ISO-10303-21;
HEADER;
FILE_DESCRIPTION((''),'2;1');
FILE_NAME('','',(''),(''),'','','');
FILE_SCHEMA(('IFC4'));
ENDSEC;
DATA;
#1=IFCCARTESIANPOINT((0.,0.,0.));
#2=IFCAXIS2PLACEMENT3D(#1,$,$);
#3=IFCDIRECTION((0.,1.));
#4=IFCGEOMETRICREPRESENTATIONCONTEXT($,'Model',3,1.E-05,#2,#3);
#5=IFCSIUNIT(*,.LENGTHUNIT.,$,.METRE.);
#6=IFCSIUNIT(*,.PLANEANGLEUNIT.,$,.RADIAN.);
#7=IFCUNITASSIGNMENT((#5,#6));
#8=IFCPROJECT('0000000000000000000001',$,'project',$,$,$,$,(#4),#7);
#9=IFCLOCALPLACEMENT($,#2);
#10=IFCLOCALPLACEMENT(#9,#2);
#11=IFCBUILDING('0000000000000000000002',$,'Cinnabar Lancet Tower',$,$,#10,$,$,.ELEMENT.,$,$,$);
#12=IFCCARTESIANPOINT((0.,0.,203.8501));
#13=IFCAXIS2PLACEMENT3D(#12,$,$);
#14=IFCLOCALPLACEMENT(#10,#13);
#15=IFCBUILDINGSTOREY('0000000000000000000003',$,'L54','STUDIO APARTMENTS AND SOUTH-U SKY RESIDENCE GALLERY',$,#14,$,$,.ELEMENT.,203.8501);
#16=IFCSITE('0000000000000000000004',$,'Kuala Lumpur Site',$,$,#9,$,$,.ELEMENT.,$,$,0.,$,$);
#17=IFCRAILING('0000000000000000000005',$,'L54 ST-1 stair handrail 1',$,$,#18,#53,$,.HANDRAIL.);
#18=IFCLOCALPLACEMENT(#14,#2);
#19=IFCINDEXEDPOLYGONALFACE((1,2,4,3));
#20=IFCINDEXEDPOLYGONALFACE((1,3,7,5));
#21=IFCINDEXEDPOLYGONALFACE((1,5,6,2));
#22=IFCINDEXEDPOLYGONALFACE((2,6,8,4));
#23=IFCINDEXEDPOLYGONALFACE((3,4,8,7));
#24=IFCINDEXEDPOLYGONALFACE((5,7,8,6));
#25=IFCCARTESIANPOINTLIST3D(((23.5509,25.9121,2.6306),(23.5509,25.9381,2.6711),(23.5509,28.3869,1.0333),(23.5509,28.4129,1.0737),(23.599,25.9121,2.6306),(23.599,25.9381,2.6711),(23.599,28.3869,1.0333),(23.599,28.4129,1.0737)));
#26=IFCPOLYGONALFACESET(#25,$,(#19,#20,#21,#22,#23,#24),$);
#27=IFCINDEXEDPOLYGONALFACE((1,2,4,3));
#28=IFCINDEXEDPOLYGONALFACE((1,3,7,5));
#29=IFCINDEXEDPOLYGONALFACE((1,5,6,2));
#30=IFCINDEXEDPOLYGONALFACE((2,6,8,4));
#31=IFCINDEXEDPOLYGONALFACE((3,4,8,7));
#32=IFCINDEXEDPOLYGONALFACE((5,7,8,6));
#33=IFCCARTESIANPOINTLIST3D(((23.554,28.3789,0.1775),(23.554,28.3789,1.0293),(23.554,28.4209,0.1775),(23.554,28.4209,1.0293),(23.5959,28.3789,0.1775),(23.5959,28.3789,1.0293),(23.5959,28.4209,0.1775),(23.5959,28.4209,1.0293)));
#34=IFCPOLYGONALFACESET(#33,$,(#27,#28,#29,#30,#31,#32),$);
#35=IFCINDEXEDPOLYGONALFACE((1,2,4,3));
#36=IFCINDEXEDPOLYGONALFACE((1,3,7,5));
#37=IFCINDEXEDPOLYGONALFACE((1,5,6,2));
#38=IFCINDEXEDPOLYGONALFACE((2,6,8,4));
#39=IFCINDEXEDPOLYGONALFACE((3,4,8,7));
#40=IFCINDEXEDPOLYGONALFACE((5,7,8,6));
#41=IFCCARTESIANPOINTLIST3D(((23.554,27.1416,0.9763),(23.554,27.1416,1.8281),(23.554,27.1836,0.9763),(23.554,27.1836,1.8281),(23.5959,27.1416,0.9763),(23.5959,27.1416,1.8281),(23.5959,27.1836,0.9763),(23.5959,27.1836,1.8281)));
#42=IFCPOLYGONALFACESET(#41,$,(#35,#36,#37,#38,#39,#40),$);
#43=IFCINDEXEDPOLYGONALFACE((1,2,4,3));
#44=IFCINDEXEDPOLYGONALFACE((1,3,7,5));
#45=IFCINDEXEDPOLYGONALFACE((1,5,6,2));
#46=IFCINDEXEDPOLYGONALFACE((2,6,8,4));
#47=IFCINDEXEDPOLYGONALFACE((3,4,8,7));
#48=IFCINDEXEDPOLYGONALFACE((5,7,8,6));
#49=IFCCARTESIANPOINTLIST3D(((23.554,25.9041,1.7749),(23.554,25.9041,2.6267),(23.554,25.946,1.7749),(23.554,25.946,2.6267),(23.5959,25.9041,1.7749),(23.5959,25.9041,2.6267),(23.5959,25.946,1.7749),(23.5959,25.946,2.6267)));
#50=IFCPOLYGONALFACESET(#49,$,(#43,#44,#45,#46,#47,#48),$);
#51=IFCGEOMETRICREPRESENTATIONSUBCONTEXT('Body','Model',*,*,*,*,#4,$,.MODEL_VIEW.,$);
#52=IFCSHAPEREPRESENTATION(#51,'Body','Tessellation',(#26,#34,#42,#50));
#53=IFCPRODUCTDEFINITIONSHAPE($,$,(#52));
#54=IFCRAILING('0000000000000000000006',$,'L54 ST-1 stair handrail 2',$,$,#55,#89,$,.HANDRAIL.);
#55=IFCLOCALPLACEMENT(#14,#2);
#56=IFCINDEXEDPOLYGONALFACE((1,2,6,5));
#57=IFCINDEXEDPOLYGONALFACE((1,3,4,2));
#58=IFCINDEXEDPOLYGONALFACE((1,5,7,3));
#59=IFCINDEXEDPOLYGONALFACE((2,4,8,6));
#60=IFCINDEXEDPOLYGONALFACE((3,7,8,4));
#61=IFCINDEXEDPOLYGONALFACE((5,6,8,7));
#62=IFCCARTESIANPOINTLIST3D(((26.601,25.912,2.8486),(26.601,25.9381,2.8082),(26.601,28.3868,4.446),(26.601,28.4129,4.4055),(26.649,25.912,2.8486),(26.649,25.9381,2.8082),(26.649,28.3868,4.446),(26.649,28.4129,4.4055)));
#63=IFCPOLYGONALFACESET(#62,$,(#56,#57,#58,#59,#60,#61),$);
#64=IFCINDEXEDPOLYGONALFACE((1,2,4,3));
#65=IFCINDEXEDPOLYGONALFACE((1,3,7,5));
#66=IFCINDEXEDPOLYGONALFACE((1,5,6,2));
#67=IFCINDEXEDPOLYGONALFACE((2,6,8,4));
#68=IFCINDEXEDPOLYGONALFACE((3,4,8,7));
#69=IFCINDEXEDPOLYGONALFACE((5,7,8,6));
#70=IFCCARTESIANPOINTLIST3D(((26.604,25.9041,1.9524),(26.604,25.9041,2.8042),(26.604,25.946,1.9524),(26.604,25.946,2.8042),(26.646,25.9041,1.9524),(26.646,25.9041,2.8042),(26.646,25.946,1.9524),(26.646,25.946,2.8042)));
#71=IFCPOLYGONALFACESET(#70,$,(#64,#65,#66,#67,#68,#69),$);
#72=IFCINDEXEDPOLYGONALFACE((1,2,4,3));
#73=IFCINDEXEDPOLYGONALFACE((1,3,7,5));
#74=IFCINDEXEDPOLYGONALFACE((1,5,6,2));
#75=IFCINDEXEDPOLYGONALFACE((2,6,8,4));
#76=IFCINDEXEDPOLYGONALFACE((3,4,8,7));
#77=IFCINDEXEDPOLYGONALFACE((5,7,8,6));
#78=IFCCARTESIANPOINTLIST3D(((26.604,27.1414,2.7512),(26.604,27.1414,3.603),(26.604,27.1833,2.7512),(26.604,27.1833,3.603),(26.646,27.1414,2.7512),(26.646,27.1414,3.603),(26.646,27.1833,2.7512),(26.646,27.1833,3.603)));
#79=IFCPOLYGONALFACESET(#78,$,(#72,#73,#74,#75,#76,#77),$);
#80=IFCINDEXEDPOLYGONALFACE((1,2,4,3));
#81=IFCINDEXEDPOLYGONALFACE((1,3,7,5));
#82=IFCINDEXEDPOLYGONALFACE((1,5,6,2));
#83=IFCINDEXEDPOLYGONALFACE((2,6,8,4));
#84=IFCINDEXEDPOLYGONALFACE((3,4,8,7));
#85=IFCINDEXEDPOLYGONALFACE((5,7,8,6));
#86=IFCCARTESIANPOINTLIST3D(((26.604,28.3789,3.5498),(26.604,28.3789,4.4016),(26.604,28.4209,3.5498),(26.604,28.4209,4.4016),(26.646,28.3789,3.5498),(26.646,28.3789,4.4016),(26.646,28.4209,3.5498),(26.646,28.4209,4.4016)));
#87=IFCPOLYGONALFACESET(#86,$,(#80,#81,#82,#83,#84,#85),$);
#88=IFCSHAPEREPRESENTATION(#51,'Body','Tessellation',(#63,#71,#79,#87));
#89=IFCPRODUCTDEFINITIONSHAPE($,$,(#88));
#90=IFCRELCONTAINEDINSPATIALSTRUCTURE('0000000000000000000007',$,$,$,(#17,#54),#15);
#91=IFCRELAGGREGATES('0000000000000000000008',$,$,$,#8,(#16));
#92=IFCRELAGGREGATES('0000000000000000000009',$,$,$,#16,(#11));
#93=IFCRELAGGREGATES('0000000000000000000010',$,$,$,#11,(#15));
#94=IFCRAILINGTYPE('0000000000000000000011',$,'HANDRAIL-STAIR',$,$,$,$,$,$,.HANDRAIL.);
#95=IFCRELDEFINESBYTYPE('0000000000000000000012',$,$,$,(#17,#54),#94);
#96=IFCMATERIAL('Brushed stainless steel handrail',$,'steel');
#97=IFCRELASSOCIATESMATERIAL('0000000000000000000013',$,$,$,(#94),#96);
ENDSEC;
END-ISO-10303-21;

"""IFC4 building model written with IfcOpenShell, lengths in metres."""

from ifc_helpers import new_model, si_unit, direction, frame, origin, origin_2d, place, context, subcontext, project, spatial, rectangle, extrude, material, type_object, element, save


model = new_model("IFC4")

# Units and contexts
model_context = context("Model", 3, precision=1e-05, world=origin(), true_north=direction((0.0, 1.0)))
body_context = subcontext(model_context, "Body", "Model", "MODEL_VIEW")
ifc_project = project(units=[si_unit("LENGTHUNIT", "METRE"), si_unit("PLANEANGLEUNIT", "RADIAN")], contexts=[model_context])

# Site, building, storey
site_placement = place(None, origin())
site = spatial("IfcSite", under=ifc_project, at=site_placement, Name="Kuala Lumpur Site", CompositionType="ELEMENT", RefElevation=0.0)
building_placement = place(site_placement, origin())
building = spatial("IfcBuilding", under=site, at=building_placement, Name="Cinnabar Lancet Tower", CompositionType="ELEMENT")
storey_placement = place(building_placement, frame((0.0, 0.0, 203.8501)))
storey = spatial("IfcBuildingStorey", under=building, at=storey_placement, Name="L54", Description="STUDIO APARTMENTS AND SOUTH-U SKY RESIDENCE GALLERY", CompositionType="ELEMENT", Elevation=203.8501)

# Railings
ifc_material_1 = material(Name="Brushed stainless steel handrail", Category="steel")
railing_type_1 = type_object("IfcRailingType", Name="HANDRAIL-STAIR", PredefinedType="HANDRAIL", material=ifc_material_1)
railing_1_placement = place(storey_placement, frame((23.575, 28.3999, 0.1775)))
element("IfcRailing", 1, at=railing_1_placement, inside=storey, type_object=railing_type_1, Name="L54 ST-1 stair handrail 1", PredefinedType="HANDRAIL", context=body_context, shape_type="SweptSolid", body=[
    extrude(rectangle(XDim=0.0481, YDim=0.0481, at=origin_2d()), frame((0.0, 0.0, 0.876), z_axis=(0.0, -0.840183, 0.542302), x_axis=(1.0, 0.0, 0.0)), (0.0, 0.0, 1.0), 2.9456),
    extrude(rectangle(XDim=0.042, YDim=0.042, at=origin_2d()), origin(), (0.0, 0.0, 1.0), 0.8518),
    extrude(rectangle(XDim=0.042, YDim=0.042, at=origin_2d()), frame((0.0, -1.2373, 0.7988)), (0.0, 0.0, 1.0), 0.8518),
    extrude(rectangle(XDim=0.042, YDim=0.042, at=origin_2d()), frame((0.0, -2.4749, 1.5974)), (0.0, 0.0, 1.0), 0.8518),
])
railing_2_placement = place(storey_placement, frame((26.625, 25.925, 1.9524)))
element("IfcRailing", 2, at=railing_2_placement, inside=storey, type_object=railing_type_1, Name="L54 ST-1 stair handrail 2", PredefinedType="HANDRAIL", context=body_context, shape_type="SweptSolid", body=[
    extrude(rectangle(XDim=0.0481, YDim=0.0481, at=origin_2d()), frame((0.0, 0.0, 0.876), z_axis=(0.0, 0.840183, 0.542302), x_axis=(-1.0, 0.0, 0.0)), (0.0, 0.0, 1.0), 2.9456),
    extrude(rectangle(XDim=0.042, YDim=0.042, at=origin_2d()), origin(), (0.0, 0.0, 1.0), 0.8518),
    extrude(rectangle(XDim=0.042, YDim=0.042, at=origin_2d()), frame((0.0, 1.2373, 0.7988)), (0.0, 0.0, 1.0), 0.8518),
    extrude(rectangle(XDim=0.042, YDim=0.042, at=origin_2d()), frame((0.0, 2.4749, 1.5974)), (0.0, 0.0, 1.0), 0.8518),
])

save(model, "model.ifc")
